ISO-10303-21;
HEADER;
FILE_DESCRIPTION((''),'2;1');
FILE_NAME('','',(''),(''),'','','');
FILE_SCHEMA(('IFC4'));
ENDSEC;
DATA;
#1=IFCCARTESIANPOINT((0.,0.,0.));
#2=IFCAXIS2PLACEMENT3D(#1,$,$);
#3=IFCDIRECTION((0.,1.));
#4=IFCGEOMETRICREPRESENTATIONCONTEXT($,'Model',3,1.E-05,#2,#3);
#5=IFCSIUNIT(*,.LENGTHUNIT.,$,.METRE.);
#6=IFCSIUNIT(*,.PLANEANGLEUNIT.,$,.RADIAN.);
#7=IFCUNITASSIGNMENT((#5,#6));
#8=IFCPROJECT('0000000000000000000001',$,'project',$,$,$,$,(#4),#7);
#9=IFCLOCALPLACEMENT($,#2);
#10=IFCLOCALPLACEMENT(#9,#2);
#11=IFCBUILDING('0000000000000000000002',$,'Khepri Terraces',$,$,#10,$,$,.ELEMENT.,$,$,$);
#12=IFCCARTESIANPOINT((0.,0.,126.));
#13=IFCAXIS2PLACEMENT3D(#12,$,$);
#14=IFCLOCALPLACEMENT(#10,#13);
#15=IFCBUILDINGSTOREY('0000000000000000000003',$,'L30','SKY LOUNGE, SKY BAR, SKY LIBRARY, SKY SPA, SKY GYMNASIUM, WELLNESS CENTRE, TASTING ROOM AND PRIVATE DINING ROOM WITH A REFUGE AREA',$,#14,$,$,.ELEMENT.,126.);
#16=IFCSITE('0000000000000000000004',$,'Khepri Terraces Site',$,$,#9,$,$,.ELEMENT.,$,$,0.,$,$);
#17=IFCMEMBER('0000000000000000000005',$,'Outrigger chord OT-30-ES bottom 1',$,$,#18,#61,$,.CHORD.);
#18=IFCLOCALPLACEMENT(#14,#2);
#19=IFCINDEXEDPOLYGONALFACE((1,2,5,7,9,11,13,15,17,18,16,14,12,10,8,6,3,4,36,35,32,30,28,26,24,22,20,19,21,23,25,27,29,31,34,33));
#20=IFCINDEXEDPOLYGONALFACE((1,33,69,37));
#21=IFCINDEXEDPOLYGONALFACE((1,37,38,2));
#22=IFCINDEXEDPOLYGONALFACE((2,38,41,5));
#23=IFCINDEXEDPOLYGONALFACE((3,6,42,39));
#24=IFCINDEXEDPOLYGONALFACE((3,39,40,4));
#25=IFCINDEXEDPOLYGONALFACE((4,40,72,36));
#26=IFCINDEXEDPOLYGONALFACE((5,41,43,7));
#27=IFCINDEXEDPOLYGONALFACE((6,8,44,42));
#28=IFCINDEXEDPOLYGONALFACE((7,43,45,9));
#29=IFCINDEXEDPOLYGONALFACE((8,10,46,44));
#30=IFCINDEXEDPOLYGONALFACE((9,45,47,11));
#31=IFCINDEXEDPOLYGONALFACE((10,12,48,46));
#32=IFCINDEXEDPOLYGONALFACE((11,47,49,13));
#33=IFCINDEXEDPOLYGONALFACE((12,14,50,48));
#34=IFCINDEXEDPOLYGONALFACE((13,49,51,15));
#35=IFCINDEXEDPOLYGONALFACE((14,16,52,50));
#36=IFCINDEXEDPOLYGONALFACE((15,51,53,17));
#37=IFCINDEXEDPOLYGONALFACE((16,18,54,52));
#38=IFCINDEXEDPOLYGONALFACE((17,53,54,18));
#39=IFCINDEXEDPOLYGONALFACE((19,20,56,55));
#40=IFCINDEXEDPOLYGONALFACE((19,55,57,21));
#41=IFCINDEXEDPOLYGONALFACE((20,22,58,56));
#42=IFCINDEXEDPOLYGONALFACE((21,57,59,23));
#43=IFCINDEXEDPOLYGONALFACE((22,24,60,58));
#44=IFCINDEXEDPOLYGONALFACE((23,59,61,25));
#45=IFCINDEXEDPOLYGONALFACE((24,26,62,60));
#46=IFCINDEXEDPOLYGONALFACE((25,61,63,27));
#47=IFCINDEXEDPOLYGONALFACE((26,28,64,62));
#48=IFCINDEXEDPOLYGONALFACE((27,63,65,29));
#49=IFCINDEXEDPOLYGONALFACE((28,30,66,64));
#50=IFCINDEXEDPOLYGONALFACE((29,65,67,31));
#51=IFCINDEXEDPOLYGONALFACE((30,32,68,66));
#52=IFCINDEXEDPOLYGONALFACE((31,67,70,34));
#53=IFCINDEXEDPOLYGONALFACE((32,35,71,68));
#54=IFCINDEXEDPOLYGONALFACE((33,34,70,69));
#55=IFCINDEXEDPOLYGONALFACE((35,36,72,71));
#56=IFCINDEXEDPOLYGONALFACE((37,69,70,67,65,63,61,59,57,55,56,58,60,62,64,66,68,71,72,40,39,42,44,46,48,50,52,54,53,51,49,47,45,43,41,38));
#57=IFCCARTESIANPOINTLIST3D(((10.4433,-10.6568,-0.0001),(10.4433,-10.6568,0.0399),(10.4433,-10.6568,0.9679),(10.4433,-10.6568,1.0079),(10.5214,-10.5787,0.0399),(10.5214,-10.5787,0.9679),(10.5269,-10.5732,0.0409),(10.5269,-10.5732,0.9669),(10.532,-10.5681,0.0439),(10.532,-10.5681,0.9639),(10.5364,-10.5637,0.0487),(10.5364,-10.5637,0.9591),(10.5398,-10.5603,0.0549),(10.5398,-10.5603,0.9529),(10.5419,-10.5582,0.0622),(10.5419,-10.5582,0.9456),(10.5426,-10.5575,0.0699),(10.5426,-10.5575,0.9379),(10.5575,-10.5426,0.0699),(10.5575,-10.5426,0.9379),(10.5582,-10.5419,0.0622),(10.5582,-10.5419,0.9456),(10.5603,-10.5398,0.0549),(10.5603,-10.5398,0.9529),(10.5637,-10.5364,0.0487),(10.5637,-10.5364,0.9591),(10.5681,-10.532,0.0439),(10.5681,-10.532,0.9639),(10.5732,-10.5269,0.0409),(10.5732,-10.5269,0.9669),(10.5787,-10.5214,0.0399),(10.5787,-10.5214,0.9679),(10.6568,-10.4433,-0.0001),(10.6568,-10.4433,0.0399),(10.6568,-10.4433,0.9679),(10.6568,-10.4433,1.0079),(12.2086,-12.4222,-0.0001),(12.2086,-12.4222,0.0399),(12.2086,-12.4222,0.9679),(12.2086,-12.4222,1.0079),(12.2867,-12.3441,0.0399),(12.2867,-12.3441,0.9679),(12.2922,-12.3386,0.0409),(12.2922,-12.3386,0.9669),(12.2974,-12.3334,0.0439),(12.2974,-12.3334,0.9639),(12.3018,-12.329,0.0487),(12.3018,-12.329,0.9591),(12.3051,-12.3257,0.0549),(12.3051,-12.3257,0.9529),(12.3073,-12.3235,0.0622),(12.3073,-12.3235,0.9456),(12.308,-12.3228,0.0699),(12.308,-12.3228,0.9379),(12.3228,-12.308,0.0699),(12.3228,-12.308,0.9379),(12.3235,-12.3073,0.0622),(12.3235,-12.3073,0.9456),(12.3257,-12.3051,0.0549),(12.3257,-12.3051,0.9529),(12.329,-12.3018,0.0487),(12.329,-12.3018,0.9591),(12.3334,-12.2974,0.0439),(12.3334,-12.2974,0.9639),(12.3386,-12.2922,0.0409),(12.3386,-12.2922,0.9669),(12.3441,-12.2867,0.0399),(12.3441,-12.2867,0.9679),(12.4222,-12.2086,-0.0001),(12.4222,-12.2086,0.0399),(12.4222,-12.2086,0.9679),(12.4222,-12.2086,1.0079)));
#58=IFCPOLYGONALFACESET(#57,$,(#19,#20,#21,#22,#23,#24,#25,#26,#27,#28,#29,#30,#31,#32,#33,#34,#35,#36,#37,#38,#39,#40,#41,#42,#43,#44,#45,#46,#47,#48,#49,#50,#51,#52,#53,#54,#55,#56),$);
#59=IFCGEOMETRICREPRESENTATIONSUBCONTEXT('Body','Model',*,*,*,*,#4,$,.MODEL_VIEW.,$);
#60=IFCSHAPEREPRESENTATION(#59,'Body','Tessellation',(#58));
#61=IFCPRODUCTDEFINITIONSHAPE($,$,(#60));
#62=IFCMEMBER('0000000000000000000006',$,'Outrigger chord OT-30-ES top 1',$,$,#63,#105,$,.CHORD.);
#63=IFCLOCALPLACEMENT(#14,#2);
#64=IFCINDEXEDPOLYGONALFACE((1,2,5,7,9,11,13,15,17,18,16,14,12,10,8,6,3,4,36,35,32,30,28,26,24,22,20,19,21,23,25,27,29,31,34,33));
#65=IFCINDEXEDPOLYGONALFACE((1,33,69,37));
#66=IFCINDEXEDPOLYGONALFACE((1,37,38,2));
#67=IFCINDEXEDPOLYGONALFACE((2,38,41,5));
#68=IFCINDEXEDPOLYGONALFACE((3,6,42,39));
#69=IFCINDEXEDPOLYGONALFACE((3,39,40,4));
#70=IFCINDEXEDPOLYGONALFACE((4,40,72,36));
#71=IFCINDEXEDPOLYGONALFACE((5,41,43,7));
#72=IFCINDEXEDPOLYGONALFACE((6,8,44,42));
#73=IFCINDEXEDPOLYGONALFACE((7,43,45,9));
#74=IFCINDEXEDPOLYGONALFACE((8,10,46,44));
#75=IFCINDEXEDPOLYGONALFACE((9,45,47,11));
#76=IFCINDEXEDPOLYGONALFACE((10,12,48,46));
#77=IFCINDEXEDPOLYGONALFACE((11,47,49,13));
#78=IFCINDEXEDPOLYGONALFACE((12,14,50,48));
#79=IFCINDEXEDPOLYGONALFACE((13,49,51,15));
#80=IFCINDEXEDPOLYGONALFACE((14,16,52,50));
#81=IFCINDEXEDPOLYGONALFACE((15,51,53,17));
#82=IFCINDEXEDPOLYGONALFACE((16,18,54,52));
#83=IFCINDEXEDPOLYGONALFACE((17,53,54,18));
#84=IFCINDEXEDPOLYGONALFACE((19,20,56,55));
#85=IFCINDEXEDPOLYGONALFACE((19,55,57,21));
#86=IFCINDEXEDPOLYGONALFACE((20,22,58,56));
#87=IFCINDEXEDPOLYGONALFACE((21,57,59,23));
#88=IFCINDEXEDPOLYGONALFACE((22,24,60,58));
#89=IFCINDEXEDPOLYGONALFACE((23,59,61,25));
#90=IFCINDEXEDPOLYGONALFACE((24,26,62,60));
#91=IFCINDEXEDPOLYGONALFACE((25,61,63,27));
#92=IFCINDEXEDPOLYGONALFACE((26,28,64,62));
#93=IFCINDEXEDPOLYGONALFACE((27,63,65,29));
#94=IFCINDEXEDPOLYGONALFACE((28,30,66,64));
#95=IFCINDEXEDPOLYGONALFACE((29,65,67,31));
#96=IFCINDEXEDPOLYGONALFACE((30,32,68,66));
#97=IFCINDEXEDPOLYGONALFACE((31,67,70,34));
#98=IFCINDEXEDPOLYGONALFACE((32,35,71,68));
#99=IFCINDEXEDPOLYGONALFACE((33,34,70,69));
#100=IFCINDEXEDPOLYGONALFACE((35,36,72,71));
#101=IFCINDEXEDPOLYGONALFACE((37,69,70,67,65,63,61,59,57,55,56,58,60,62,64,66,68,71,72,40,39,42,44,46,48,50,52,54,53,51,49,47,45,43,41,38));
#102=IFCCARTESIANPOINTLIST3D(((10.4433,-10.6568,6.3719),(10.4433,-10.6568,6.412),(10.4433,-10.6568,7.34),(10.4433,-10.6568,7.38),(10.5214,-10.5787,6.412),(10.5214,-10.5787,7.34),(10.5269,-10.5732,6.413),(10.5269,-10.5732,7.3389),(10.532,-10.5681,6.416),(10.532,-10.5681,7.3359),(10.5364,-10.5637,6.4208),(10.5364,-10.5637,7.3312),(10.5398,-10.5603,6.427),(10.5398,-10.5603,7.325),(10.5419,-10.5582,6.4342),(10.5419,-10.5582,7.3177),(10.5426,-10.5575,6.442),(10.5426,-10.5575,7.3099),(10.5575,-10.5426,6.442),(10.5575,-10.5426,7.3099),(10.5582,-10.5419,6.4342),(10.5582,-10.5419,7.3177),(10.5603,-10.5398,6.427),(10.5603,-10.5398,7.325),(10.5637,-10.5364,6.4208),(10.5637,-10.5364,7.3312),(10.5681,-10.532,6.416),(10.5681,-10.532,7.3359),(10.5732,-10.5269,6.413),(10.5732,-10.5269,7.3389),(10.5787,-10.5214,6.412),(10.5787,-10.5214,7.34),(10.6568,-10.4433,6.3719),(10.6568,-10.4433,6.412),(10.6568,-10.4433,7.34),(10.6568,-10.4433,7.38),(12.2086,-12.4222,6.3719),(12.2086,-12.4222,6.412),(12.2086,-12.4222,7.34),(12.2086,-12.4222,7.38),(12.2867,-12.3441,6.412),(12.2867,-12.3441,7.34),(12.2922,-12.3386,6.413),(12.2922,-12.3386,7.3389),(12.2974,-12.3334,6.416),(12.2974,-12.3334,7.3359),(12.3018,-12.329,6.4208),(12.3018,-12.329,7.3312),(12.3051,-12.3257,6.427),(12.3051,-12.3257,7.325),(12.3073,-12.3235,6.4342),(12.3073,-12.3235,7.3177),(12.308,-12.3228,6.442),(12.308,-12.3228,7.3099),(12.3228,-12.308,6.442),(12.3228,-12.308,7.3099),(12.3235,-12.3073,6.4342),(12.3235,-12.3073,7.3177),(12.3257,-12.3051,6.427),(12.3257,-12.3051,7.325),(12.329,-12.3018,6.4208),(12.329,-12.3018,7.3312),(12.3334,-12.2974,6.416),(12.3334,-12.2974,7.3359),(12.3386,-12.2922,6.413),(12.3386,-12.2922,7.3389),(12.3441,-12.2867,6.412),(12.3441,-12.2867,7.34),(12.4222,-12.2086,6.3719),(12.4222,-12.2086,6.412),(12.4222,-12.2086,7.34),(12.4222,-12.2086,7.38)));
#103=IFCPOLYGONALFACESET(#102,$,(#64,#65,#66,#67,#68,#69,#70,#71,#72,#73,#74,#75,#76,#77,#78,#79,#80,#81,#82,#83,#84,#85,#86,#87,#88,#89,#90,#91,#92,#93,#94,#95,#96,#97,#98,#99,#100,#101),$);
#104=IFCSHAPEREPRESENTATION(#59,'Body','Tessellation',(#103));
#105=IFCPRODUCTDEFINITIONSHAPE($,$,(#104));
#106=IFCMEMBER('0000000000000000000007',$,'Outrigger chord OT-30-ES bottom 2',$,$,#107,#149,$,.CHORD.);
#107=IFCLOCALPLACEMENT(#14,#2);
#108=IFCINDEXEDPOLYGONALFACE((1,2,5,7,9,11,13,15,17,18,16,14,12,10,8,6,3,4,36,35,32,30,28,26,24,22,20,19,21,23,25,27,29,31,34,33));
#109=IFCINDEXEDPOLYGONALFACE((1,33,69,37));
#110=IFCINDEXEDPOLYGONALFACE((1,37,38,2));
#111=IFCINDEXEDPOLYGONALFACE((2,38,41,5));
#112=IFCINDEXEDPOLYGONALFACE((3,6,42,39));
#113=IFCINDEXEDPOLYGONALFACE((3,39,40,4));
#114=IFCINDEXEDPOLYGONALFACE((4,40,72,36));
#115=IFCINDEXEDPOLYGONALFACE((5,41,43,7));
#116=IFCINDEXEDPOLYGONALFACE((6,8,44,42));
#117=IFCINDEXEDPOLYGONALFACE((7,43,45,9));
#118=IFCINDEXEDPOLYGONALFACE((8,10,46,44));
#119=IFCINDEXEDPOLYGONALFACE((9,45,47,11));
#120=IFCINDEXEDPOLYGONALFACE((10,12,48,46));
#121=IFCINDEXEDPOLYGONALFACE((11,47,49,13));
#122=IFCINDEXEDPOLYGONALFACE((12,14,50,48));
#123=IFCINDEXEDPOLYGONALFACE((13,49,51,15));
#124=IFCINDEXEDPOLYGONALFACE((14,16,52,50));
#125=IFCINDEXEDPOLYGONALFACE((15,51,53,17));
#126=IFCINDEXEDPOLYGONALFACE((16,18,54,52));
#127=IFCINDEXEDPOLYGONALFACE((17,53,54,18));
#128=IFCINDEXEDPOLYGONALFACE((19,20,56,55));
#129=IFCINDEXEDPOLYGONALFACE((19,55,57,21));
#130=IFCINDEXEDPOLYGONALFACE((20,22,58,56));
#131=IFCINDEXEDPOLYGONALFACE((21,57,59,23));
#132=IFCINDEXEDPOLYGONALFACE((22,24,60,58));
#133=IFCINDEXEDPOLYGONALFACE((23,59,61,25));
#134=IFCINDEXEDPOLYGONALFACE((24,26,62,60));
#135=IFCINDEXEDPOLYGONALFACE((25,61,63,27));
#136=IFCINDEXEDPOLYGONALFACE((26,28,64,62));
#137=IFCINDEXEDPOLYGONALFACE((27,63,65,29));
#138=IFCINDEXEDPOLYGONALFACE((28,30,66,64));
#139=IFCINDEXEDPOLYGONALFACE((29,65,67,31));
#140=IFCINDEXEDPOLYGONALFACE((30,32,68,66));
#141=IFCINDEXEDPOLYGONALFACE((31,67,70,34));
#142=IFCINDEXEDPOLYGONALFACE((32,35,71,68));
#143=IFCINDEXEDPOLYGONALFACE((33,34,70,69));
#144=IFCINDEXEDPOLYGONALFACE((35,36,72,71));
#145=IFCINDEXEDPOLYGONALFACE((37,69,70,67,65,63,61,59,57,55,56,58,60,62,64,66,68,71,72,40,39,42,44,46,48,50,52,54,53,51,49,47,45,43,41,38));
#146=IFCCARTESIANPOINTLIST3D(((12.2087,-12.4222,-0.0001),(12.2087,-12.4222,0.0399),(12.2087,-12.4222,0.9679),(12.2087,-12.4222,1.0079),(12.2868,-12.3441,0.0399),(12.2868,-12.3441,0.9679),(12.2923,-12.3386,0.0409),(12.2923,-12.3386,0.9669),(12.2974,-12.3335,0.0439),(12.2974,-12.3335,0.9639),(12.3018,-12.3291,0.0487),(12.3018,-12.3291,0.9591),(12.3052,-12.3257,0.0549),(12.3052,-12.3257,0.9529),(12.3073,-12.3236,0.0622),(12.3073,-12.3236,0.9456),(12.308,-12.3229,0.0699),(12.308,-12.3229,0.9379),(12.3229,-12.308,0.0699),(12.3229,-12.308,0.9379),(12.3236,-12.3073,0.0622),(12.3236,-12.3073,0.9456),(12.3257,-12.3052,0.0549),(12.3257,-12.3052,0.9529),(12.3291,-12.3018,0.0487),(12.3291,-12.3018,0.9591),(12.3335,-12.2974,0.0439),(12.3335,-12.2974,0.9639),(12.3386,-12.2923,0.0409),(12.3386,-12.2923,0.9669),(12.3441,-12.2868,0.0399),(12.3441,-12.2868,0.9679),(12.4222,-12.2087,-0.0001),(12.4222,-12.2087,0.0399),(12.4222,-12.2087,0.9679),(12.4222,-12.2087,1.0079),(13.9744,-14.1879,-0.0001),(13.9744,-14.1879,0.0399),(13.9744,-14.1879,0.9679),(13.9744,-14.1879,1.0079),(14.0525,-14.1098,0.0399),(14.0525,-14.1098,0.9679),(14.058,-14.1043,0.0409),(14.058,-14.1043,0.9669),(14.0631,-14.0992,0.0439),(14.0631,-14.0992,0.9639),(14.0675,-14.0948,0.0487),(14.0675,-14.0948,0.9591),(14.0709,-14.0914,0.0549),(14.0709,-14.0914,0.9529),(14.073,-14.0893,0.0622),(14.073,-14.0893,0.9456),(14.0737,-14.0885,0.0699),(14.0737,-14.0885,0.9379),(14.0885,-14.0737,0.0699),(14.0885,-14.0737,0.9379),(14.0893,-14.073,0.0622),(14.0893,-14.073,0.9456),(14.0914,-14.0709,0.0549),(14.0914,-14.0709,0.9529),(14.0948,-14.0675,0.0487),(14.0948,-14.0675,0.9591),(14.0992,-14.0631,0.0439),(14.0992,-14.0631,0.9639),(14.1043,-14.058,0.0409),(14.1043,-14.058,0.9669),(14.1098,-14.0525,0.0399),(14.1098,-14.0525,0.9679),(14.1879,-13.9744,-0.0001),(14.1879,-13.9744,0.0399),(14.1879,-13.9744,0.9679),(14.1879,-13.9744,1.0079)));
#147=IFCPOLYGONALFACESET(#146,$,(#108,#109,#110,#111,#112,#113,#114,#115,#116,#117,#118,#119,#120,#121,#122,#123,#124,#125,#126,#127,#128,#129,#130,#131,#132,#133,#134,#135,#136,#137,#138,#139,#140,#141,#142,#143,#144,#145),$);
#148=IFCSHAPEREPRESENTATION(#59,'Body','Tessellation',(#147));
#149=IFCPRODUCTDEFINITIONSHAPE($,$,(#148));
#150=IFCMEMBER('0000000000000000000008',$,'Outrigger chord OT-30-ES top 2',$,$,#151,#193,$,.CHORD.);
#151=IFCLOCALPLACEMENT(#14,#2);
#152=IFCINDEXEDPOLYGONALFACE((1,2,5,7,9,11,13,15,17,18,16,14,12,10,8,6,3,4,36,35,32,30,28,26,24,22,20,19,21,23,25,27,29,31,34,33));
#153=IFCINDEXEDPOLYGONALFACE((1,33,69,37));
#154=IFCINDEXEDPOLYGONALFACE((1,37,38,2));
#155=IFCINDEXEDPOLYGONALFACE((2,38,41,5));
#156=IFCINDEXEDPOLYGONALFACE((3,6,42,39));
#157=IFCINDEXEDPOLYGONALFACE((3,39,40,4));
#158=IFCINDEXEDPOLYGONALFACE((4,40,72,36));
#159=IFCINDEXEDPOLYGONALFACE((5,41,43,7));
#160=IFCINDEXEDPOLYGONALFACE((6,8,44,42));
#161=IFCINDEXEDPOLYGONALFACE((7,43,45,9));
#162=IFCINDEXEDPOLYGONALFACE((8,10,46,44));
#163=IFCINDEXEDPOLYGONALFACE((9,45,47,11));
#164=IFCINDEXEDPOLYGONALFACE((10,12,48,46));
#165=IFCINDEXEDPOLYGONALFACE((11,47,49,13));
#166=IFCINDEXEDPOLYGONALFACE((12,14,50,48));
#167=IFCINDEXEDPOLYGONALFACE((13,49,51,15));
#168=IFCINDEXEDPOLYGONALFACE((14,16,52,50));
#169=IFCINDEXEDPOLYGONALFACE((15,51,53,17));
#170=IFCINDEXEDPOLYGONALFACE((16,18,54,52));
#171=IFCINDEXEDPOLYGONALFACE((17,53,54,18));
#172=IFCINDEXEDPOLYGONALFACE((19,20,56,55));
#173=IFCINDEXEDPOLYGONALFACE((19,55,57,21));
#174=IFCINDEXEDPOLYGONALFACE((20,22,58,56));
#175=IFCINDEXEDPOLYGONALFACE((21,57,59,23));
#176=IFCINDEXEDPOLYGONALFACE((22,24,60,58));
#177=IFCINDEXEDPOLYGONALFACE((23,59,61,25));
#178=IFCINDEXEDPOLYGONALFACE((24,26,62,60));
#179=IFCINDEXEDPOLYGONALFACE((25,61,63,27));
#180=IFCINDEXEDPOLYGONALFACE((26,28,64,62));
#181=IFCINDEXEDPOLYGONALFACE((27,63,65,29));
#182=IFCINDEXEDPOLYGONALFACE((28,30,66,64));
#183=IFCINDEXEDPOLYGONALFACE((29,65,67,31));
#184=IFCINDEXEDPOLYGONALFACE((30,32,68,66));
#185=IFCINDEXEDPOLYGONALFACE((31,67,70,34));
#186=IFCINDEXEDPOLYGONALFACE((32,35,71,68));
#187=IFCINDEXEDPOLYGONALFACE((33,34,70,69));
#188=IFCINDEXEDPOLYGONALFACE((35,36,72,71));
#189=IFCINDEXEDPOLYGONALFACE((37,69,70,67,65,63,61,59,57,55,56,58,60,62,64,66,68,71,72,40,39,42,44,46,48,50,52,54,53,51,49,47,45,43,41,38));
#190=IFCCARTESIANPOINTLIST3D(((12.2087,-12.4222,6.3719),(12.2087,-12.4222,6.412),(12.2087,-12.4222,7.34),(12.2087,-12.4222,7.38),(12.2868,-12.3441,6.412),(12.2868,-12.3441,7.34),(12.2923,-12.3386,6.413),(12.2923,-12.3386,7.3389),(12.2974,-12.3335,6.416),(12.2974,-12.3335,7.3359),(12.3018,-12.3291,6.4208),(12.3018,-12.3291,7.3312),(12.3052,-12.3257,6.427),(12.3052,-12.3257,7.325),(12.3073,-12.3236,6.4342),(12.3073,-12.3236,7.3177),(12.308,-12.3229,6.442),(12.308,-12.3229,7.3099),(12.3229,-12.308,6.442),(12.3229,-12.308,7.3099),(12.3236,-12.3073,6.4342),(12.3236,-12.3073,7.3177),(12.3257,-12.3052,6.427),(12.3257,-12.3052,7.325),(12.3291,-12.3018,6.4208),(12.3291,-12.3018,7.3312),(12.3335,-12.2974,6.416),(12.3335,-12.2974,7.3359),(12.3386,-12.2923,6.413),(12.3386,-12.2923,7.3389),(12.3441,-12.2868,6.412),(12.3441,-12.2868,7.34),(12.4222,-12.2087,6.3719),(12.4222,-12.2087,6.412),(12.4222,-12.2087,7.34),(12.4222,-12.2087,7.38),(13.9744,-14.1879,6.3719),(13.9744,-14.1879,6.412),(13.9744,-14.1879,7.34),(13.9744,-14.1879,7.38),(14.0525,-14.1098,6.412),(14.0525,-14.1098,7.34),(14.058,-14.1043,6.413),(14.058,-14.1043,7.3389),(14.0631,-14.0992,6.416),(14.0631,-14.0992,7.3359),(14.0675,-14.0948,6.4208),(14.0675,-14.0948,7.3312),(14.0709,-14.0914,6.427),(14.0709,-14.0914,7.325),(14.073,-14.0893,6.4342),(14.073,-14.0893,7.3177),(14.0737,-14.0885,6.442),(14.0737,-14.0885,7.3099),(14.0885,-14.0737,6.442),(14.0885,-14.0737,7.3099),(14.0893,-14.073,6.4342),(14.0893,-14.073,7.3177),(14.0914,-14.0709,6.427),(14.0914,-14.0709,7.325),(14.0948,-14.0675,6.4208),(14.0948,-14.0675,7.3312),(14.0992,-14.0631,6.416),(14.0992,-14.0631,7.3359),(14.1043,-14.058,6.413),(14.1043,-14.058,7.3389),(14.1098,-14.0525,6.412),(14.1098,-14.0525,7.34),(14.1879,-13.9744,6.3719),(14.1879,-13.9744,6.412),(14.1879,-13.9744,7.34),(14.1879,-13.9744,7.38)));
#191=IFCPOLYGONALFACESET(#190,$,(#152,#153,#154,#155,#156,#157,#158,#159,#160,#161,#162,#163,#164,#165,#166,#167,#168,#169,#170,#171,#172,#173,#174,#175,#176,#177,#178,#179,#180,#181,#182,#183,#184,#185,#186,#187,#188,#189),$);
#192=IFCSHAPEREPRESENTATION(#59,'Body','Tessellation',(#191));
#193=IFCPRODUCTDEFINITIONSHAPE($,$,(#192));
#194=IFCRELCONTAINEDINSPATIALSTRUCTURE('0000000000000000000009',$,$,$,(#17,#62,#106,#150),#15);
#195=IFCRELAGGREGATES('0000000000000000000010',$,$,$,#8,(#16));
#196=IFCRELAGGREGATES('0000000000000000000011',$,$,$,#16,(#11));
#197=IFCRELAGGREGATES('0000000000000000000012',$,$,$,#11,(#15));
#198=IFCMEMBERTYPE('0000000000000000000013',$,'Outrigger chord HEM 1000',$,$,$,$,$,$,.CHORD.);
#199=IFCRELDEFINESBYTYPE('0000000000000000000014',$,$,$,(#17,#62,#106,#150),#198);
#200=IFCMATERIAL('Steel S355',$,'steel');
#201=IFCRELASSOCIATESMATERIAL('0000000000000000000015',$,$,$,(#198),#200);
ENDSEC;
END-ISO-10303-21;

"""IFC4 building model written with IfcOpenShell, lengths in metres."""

from ifc_helpers import new_model, si_unit, direction, frame, origin, origin_2d, place, context, subcontext, project, spatial, i_section, extrude, material, material_profile, profile_set, type_object, element, save


model = new_model("IFC4")

# Units and contexts
model_context = context("Model", 3, precision=1e-05, world=origin(), true_north=direction((0.0, 1.0)))
body_context = subcontext(model_context, "Body", "Model", "MODEL_VIEW")
ifc_project = project(units=[si_unit("LENGTHUNIT", "METRE"), si_unit("PLANEANGLEUNIT", "RADIAN")], contexts=[model_context])

# Site, building, storey
site_placement = place(None, origin())
site = spatial("IfcSite", under=ifc_project, at=site_placement, Name="Khepri Terraces Site", CompositionType="ELEMENT", RefElevation=0.0)
building_placement = place(site_placement, origin())
building = spatial("IfcBuilding", under=site, at=building_placement, Name="Khepri Terraces", CompositionType="ELEMENT")
storey_placement = place(building_placement, frame((0.0, 0.0, 126.0)))
storey = spatial("IfcBuildingStorey", under=building, at=storey_placement, Name="L30", Description="SKY LOUNGE, SKY BAR, SKY LIBRARY, SKY SPA, SKY GYMNASIUM, WELLNESS CENTRE, TASTING ROOM AND PRIVATE DINING ROOM WITH A REFUGE AREA", CompositionType="ELEMENT", Elevation=126.0)

# Members
ifc_material_1 = material(Name="Steel S355", Category="steel")
ifc_material_profile_1 = material_profile(ifc_material_1, i_section(OverallWidth=0.302, OverallDepth=1.0081, WebThickness=0.021, FlangeThickness=0.04, FilletRadius=0.03, at=origin_2d()), Name="Steel S355", Category="steel")
ifc_profile_set_1 = profile_set([ifc_material_profile_1], Name="Steel S355")
member_type_1 = type_object("IfcMemberType", Name="Outrigger chord HEM 1000", PredefinedType="CHORD", material=ifc_profile_set_1)
for number, where, z_axis, x_axis, name in (
    (1, (10.55, -10.55, 0.5039), (0.707107, -0.707107, 0.0), (0.707107, 0.707107, 0.0), "Outrigger chord OT-30-ES bottom 1"),
    (2, (10.55, -10.55, 6.876), (0.707107, -0.707107, 0.0), (0.707107, 0.707107, 0.0), "Outrigger chord OT-30-ES top 1"),
):
    element("IfcMember", number, at=place(storey_placement, frame(where, z_axis=z_axis, x_axis=x_axis)), inside=storey, type_object=member_type_1, Name=name, PredefinedType="CHORD", context=body_context, shape_type="SweptSolid", body=[
        extrude(i_section(OverallWidth=0.302, OverallDepth=1.0081, WebThickness=0.021, FlangeThickness=0.04, FilletRadius=0.03, at=origin_2d()), origin(), (0.0, 0.0, 1.0), 2.4966),
    ])
for number, where, z_axis, x_axis, name in (
    (3, (12.3154, -12.3154, 0.5039), (0.707107, -0.707107, 0.0), (0.707107, 0.707107, 0.0), "Outrigger chord OT-30-ES bottom 2"),
    (4, (12.3154, -12.3154, 6.876), (0.707107, -0.707107, 0.0), (0.707107, 0.707107, 0.0), "Outrigger chord OT-30-ES top 2"),
):
    element("IfcMember", number, at=place(storey_placement, frame(where, z_axis=z_axis, x_axis=x_axis)), inside=storey, type_object=member_type_1, Name=name, PredefinedType="CHORD", context=body_context, shape_type="SweptSolid", body=[
        extrude(i_section(OverallWidth=0.302, OverallDepth=1.0081, WebThickness=0.021, FlangeThickness=0.04, FilletRadius=0.03, at=origin_2d()), origin(), (0.0, 0.0, 1.0), 2.4971),
    ])

save(model, "model.ifc")
